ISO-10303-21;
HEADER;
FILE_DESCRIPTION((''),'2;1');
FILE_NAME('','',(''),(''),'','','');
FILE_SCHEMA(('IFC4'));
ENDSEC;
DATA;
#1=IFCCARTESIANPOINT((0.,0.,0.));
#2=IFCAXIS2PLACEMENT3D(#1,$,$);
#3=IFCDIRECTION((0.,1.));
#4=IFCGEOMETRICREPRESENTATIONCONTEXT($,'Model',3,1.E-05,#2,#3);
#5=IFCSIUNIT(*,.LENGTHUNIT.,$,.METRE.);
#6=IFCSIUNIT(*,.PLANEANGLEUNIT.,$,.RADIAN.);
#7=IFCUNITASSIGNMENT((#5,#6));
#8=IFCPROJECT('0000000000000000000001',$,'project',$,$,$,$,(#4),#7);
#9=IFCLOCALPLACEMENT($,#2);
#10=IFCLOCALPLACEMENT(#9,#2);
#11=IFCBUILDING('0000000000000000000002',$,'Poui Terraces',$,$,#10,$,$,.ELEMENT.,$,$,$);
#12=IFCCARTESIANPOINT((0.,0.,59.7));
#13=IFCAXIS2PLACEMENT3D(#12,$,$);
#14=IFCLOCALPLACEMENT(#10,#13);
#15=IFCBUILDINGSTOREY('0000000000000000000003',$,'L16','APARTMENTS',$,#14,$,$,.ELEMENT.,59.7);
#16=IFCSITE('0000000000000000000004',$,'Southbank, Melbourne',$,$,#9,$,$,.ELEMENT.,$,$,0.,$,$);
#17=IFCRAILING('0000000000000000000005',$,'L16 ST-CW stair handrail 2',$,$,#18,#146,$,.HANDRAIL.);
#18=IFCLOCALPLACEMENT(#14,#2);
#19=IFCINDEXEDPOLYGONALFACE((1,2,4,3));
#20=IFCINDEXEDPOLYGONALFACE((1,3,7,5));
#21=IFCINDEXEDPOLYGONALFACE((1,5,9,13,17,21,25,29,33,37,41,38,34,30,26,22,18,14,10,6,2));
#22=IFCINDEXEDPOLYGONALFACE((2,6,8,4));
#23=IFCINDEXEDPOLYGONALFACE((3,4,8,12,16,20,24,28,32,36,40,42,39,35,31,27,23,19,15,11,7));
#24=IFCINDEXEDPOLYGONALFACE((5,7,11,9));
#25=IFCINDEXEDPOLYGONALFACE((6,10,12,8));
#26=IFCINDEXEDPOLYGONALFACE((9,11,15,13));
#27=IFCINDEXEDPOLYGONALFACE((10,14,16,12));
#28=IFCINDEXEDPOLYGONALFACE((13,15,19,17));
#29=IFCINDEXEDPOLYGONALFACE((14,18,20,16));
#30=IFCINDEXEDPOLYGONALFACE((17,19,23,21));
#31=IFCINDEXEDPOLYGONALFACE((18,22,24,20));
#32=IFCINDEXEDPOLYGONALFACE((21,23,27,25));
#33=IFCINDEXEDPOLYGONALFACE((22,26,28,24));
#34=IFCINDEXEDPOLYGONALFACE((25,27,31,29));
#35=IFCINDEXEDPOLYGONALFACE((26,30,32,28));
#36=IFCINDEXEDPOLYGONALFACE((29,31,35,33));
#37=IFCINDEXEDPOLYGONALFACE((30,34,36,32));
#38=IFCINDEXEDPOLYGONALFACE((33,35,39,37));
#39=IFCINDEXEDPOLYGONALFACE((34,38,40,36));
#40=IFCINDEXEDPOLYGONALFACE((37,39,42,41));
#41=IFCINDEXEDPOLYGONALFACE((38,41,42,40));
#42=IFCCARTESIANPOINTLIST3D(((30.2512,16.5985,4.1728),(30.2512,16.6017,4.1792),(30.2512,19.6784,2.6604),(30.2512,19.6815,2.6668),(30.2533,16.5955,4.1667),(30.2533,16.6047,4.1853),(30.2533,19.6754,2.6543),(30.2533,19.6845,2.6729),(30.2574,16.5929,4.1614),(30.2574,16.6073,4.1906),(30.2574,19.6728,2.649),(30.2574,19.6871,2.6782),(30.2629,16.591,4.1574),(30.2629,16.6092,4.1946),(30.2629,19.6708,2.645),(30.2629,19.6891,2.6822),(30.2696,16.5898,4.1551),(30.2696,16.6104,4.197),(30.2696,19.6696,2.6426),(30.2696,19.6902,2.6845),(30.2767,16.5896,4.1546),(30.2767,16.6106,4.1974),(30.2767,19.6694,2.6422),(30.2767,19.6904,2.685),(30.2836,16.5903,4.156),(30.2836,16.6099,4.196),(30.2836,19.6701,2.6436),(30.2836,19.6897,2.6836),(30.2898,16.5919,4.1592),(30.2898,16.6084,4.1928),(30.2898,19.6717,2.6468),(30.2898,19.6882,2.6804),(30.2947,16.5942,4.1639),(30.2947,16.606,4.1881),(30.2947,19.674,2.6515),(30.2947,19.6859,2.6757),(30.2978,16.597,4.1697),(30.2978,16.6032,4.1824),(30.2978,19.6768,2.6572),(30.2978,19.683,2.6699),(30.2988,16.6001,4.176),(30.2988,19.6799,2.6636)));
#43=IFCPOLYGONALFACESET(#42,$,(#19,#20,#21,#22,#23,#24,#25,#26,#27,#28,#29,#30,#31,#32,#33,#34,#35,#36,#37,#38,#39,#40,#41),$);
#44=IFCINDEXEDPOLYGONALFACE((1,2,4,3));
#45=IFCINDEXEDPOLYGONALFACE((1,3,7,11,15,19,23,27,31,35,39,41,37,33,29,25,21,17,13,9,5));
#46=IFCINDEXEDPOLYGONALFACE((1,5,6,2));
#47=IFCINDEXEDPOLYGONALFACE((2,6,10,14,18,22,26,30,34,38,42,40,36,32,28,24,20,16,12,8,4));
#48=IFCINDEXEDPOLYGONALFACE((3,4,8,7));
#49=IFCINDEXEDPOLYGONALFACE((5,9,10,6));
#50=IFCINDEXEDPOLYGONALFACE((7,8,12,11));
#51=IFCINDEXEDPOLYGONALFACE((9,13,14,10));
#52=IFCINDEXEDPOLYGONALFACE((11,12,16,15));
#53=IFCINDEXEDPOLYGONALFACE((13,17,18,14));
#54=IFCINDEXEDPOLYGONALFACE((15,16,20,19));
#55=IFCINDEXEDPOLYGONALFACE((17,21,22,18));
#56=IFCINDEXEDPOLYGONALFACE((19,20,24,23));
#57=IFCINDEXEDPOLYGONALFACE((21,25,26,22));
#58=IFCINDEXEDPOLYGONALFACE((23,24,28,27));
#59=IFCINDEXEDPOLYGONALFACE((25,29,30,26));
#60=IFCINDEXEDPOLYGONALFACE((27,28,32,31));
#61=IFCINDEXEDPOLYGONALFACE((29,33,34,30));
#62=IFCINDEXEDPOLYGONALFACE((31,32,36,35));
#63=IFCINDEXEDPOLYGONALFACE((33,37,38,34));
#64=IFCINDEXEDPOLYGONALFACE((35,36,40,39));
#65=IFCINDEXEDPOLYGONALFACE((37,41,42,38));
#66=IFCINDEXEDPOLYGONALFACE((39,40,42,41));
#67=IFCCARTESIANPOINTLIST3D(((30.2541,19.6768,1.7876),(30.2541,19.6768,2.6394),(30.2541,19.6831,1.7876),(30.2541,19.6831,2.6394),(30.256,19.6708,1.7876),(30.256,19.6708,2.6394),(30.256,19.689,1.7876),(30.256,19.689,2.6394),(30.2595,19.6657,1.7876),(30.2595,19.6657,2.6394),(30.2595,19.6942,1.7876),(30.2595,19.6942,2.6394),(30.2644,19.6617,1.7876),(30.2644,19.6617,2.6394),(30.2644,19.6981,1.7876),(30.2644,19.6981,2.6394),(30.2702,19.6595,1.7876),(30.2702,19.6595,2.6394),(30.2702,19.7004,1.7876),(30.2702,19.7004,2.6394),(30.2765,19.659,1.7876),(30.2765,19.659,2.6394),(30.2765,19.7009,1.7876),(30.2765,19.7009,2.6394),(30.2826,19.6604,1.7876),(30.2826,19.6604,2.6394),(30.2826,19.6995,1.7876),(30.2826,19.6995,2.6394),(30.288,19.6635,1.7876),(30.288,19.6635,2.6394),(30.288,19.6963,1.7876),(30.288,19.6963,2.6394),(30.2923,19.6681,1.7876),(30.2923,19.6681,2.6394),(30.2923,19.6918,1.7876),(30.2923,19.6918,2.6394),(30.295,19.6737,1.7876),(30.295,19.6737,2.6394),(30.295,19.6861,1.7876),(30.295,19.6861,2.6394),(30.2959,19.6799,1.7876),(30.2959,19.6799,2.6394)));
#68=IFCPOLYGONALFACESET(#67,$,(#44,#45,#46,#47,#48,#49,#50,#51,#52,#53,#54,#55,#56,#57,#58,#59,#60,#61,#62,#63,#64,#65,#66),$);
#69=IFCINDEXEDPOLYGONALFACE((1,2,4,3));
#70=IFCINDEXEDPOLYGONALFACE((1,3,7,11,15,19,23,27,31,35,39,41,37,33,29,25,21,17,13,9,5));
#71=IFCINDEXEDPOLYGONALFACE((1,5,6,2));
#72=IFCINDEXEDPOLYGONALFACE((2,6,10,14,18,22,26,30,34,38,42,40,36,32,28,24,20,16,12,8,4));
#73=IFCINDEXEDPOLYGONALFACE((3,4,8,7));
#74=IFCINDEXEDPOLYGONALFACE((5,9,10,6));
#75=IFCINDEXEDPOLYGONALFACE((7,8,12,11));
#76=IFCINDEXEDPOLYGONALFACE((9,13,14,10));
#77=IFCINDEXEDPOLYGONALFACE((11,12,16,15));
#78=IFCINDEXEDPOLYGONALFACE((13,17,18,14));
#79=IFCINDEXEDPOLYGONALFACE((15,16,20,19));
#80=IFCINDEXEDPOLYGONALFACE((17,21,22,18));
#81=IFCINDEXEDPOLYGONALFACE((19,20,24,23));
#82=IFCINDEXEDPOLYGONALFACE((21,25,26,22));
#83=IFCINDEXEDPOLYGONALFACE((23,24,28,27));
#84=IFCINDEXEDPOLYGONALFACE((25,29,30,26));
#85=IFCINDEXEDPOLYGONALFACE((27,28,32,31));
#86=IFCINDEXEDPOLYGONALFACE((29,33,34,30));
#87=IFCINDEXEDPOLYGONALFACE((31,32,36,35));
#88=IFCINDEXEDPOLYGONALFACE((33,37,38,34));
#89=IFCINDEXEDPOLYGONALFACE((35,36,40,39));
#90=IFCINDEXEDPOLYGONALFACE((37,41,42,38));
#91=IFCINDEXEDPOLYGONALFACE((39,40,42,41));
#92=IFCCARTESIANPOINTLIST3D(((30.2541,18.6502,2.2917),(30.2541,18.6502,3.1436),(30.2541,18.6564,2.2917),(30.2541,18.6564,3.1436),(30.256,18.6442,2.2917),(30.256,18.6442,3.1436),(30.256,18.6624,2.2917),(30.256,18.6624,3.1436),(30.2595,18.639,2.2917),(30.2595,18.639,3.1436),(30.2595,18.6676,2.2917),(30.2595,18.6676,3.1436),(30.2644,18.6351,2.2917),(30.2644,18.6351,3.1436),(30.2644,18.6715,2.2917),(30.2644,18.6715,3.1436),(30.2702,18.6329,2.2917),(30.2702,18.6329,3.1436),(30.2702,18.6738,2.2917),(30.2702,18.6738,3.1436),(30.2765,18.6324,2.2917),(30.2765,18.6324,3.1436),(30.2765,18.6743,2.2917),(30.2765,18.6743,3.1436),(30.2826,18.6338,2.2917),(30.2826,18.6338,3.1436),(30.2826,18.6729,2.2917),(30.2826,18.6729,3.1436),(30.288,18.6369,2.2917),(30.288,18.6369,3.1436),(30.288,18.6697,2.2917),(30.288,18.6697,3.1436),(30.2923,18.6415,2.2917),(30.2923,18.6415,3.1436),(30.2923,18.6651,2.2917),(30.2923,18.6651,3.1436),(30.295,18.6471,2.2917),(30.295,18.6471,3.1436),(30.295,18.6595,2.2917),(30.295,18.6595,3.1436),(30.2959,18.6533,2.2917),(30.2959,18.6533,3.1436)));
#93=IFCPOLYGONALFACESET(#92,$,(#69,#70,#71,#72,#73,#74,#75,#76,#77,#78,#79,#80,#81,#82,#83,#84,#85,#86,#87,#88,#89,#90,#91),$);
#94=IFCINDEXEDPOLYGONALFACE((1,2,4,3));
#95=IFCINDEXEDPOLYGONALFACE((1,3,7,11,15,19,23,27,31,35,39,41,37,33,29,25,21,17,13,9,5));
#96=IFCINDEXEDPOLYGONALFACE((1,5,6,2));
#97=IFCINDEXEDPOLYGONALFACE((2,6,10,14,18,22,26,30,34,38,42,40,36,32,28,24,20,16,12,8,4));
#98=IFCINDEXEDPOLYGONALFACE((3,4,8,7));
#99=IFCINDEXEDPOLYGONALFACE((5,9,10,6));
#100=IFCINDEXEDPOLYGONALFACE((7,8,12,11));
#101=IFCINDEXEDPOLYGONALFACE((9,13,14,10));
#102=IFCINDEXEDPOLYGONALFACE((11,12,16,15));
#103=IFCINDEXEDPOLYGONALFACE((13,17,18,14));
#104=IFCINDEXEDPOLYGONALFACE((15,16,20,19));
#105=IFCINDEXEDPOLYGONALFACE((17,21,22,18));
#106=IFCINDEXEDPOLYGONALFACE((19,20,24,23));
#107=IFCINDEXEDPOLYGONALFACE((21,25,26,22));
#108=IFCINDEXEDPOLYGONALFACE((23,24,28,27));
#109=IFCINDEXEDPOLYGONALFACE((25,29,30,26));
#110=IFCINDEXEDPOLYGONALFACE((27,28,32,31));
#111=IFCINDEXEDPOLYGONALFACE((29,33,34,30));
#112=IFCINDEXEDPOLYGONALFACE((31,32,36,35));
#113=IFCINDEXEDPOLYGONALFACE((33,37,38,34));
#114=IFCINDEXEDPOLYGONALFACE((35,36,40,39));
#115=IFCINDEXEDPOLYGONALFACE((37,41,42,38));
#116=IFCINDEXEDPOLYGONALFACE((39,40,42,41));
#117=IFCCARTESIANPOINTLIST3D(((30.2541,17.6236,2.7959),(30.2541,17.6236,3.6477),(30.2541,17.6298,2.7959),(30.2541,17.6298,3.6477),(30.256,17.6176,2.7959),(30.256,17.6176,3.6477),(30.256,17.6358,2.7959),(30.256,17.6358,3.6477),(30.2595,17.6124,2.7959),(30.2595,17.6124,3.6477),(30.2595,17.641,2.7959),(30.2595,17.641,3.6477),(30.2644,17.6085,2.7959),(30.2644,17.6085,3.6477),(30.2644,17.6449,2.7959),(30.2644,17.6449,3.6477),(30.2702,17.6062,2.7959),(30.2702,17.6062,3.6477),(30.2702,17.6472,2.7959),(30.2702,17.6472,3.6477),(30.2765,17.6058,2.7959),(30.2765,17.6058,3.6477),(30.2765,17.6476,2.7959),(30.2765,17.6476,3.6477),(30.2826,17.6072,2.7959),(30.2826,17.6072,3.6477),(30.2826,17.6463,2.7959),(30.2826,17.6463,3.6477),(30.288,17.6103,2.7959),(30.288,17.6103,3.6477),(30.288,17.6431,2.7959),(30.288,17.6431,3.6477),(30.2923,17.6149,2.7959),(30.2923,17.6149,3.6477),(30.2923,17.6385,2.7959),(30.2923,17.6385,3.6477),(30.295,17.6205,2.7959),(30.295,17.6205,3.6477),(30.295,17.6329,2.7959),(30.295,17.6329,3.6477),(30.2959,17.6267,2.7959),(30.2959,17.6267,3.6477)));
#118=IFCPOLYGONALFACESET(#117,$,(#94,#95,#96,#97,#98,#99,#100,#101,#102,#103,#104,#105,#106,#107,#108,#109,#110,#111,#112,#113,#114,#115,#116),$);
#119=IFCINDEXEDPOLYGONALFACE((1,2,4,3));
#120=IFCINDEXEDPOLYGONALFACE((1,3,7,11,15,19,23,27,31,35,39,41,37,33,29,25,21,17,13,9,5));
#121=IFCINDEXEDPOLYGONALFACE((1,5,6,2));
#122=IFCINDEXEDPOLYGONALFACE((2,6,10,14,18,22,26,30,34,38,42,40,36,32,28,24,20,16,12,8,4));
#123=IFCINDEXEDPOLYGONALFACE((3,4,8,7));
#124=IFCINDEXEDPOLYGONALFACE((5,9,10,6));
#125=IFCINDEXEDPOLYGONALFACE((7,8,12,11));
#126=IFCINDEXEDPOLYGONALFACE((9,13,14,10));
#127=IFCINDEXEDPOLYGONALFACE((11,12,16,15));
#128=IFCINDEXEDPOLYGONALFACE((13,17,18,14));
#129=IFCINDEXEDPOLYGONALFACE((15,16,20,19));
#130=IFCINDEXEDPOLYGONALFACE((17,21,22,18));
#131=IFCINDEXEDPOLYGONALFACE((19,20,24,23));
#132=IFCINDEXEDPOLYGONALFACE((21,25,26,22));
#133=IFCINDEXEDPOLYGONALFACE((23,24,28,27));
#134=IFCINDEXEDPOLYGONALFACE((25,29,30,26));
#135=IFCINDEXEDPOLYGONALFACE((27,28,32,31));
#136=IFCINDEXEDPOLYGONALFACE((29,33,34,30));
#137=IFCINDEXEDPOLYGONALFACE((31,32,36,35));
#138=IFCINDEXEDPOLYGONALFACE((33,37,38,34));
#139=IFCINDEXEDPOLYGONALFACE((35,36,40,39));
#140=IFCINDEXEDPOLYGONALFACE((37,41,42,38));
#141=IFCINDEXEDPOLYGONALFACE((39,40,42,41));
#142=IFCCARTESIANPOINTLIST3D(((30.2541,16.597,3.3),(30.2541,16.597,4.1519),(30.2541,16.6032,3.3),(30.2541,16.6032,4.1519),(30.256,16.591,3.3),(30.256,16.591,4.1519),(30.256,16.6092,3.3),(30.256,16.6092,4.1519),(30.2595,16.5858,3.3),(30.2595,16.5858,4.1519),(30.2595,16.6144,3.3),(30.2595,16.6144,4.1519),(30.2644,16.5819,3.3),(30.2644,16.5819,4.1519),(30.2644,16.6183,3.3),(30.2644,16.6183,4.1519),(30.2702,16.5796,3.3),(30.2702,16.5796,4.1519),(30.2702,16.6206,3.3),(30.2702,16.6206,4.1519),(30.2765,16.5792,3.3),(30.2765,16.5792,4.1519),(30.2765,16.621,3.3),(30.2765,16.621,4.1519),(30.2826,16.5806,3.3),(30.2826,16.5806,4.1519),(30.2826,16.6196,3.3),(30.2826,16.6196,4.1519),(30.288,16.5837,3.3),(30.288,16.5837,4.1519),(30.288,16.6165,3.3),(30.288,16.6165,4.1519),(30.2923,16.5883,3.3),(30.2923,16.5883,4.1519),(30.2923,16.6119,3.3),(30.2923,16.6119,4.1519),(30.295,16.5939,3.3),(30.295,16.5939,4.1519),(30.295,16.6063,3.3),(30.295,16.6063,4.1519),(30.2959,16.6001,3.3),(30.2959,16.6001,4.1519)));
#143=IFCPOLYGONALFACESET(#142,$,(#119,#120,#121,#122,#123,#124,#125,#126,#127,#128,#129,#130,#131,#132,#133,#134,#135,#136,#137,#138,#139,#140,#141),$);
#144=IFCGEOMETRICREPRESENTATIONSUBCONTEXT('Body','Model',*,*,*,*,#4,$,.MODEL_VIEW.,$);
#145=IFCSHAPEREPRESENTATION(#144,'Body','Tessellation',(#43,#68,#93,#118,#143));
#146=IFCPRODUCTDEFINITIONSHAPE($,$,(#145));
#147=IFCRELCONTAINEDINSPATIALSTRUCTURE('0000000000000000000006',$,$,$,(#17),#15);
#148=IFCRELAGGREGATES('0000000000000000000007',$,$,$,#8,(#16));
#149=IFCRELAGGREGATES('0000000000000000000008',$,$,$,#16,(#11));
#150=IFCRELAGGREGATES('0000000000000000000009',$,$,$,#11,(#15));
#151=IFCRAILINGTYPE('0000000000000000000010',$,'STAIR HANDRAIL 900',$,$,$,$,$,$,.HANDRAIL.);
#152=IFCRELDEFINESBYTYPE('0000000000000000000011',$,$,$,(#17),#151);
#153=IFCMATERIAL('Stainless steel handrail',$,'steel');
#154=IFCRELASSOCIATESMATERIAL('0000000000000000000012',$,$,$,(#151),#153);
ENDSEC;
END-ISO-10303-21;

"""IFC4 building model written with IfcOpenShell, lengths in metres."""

from ifc_helpers import new_model, si_unit, direction, frame, origin, origin_2d, place, context, subcontext, project, spatial, circle, extrude, material, type_object, element, save


model = new_model("IFC4")

# Units and contexts
model_context = context("Model", 3, precision=1e-05, world=origin(), true_north=direction((0.0, 1.0)))
body_context = subcontext(model_context, "Body", "Model", "MODEL_VIEW")
ifc_project = project(units=[si_unit("LENGTHUNIT", "METRE"), si_unit("PLANEANGLEUNIT", "RADIAN")], contexts=[model_context])

# Site, building, storey
site_placement = place(None, origin())
site = spatial("IfcSite", under=ifc_project, at=site_placement, Name="Southbank, Melbourne", CompositionType="ELEMENT", RefElevation=0.0)
building_placement = place(site_placement, origin())
building = spatial("IfcBuilding", under=site, at=building_placement, Name="Poui Terraces", CompositionType="ELEMENT")
storey_placement = place(building_placement, frame((0.0, 0.0, 59.7)))
storey = spatial("IfcBuildingStorey", under=building, at=storey_placement, Name="L16", Description="APARTMENTS", CompositionType="ELEMENT", Elevation=59.7)

# Railing
ifc_material_1 = material(Name="Stainless steel handrail", Category="steel")
railing_type_1 = type_object("IfcRailingType", Name="STAIR HANDRAIL 900", PredefinedType="HANDRAIL", material=ifc_material_1)
railing_1_placement = place(storey_placement, frame((30.2749, 19.6799, 1.7876)))
element("IfcRailing", 1, at=railing_1_placement, inside=storey, type_object=railing_type_1, Name="L16 ST-CW stair handrail 2", PredefinedType="HANDRAIL", context=body_context, shape_type="SweptSolid", body=[
    extrude(circle(Radius=0.0239, at=origin_2d()), frame((0.0, 0.0, 0.876), z_axis=(0.0, -0.897606, 0.440798), x_axis=(1.0, 0.0, 0.0)), (0.0, 0.0, 1.0), 3.4312),
    extrude(circle(Radius=0.021, at=origin_2d()), origin(), (0.0, 0.0, 1.0), 0.8518),
    extrude(circle(Radius=0.021, at=origin_2d()), frame((0.0, -1.0266, 0.5042)), (0.0, 0.0, 1.0), 0.8518),
    extrude(circle(Radius=0.021, at=origin_2d()), frame((0.0, -2.0532, 1.0083)), (0.0, 0.0, 1.0), 0.8518),
    extrude(circle(Radius=0.021, at=origin_2d()), frame((0.0, -3.0798, 1.5125)), (0.0, 0.0, 1.0), 0.8518),
])

save(model, "model.ifc")
